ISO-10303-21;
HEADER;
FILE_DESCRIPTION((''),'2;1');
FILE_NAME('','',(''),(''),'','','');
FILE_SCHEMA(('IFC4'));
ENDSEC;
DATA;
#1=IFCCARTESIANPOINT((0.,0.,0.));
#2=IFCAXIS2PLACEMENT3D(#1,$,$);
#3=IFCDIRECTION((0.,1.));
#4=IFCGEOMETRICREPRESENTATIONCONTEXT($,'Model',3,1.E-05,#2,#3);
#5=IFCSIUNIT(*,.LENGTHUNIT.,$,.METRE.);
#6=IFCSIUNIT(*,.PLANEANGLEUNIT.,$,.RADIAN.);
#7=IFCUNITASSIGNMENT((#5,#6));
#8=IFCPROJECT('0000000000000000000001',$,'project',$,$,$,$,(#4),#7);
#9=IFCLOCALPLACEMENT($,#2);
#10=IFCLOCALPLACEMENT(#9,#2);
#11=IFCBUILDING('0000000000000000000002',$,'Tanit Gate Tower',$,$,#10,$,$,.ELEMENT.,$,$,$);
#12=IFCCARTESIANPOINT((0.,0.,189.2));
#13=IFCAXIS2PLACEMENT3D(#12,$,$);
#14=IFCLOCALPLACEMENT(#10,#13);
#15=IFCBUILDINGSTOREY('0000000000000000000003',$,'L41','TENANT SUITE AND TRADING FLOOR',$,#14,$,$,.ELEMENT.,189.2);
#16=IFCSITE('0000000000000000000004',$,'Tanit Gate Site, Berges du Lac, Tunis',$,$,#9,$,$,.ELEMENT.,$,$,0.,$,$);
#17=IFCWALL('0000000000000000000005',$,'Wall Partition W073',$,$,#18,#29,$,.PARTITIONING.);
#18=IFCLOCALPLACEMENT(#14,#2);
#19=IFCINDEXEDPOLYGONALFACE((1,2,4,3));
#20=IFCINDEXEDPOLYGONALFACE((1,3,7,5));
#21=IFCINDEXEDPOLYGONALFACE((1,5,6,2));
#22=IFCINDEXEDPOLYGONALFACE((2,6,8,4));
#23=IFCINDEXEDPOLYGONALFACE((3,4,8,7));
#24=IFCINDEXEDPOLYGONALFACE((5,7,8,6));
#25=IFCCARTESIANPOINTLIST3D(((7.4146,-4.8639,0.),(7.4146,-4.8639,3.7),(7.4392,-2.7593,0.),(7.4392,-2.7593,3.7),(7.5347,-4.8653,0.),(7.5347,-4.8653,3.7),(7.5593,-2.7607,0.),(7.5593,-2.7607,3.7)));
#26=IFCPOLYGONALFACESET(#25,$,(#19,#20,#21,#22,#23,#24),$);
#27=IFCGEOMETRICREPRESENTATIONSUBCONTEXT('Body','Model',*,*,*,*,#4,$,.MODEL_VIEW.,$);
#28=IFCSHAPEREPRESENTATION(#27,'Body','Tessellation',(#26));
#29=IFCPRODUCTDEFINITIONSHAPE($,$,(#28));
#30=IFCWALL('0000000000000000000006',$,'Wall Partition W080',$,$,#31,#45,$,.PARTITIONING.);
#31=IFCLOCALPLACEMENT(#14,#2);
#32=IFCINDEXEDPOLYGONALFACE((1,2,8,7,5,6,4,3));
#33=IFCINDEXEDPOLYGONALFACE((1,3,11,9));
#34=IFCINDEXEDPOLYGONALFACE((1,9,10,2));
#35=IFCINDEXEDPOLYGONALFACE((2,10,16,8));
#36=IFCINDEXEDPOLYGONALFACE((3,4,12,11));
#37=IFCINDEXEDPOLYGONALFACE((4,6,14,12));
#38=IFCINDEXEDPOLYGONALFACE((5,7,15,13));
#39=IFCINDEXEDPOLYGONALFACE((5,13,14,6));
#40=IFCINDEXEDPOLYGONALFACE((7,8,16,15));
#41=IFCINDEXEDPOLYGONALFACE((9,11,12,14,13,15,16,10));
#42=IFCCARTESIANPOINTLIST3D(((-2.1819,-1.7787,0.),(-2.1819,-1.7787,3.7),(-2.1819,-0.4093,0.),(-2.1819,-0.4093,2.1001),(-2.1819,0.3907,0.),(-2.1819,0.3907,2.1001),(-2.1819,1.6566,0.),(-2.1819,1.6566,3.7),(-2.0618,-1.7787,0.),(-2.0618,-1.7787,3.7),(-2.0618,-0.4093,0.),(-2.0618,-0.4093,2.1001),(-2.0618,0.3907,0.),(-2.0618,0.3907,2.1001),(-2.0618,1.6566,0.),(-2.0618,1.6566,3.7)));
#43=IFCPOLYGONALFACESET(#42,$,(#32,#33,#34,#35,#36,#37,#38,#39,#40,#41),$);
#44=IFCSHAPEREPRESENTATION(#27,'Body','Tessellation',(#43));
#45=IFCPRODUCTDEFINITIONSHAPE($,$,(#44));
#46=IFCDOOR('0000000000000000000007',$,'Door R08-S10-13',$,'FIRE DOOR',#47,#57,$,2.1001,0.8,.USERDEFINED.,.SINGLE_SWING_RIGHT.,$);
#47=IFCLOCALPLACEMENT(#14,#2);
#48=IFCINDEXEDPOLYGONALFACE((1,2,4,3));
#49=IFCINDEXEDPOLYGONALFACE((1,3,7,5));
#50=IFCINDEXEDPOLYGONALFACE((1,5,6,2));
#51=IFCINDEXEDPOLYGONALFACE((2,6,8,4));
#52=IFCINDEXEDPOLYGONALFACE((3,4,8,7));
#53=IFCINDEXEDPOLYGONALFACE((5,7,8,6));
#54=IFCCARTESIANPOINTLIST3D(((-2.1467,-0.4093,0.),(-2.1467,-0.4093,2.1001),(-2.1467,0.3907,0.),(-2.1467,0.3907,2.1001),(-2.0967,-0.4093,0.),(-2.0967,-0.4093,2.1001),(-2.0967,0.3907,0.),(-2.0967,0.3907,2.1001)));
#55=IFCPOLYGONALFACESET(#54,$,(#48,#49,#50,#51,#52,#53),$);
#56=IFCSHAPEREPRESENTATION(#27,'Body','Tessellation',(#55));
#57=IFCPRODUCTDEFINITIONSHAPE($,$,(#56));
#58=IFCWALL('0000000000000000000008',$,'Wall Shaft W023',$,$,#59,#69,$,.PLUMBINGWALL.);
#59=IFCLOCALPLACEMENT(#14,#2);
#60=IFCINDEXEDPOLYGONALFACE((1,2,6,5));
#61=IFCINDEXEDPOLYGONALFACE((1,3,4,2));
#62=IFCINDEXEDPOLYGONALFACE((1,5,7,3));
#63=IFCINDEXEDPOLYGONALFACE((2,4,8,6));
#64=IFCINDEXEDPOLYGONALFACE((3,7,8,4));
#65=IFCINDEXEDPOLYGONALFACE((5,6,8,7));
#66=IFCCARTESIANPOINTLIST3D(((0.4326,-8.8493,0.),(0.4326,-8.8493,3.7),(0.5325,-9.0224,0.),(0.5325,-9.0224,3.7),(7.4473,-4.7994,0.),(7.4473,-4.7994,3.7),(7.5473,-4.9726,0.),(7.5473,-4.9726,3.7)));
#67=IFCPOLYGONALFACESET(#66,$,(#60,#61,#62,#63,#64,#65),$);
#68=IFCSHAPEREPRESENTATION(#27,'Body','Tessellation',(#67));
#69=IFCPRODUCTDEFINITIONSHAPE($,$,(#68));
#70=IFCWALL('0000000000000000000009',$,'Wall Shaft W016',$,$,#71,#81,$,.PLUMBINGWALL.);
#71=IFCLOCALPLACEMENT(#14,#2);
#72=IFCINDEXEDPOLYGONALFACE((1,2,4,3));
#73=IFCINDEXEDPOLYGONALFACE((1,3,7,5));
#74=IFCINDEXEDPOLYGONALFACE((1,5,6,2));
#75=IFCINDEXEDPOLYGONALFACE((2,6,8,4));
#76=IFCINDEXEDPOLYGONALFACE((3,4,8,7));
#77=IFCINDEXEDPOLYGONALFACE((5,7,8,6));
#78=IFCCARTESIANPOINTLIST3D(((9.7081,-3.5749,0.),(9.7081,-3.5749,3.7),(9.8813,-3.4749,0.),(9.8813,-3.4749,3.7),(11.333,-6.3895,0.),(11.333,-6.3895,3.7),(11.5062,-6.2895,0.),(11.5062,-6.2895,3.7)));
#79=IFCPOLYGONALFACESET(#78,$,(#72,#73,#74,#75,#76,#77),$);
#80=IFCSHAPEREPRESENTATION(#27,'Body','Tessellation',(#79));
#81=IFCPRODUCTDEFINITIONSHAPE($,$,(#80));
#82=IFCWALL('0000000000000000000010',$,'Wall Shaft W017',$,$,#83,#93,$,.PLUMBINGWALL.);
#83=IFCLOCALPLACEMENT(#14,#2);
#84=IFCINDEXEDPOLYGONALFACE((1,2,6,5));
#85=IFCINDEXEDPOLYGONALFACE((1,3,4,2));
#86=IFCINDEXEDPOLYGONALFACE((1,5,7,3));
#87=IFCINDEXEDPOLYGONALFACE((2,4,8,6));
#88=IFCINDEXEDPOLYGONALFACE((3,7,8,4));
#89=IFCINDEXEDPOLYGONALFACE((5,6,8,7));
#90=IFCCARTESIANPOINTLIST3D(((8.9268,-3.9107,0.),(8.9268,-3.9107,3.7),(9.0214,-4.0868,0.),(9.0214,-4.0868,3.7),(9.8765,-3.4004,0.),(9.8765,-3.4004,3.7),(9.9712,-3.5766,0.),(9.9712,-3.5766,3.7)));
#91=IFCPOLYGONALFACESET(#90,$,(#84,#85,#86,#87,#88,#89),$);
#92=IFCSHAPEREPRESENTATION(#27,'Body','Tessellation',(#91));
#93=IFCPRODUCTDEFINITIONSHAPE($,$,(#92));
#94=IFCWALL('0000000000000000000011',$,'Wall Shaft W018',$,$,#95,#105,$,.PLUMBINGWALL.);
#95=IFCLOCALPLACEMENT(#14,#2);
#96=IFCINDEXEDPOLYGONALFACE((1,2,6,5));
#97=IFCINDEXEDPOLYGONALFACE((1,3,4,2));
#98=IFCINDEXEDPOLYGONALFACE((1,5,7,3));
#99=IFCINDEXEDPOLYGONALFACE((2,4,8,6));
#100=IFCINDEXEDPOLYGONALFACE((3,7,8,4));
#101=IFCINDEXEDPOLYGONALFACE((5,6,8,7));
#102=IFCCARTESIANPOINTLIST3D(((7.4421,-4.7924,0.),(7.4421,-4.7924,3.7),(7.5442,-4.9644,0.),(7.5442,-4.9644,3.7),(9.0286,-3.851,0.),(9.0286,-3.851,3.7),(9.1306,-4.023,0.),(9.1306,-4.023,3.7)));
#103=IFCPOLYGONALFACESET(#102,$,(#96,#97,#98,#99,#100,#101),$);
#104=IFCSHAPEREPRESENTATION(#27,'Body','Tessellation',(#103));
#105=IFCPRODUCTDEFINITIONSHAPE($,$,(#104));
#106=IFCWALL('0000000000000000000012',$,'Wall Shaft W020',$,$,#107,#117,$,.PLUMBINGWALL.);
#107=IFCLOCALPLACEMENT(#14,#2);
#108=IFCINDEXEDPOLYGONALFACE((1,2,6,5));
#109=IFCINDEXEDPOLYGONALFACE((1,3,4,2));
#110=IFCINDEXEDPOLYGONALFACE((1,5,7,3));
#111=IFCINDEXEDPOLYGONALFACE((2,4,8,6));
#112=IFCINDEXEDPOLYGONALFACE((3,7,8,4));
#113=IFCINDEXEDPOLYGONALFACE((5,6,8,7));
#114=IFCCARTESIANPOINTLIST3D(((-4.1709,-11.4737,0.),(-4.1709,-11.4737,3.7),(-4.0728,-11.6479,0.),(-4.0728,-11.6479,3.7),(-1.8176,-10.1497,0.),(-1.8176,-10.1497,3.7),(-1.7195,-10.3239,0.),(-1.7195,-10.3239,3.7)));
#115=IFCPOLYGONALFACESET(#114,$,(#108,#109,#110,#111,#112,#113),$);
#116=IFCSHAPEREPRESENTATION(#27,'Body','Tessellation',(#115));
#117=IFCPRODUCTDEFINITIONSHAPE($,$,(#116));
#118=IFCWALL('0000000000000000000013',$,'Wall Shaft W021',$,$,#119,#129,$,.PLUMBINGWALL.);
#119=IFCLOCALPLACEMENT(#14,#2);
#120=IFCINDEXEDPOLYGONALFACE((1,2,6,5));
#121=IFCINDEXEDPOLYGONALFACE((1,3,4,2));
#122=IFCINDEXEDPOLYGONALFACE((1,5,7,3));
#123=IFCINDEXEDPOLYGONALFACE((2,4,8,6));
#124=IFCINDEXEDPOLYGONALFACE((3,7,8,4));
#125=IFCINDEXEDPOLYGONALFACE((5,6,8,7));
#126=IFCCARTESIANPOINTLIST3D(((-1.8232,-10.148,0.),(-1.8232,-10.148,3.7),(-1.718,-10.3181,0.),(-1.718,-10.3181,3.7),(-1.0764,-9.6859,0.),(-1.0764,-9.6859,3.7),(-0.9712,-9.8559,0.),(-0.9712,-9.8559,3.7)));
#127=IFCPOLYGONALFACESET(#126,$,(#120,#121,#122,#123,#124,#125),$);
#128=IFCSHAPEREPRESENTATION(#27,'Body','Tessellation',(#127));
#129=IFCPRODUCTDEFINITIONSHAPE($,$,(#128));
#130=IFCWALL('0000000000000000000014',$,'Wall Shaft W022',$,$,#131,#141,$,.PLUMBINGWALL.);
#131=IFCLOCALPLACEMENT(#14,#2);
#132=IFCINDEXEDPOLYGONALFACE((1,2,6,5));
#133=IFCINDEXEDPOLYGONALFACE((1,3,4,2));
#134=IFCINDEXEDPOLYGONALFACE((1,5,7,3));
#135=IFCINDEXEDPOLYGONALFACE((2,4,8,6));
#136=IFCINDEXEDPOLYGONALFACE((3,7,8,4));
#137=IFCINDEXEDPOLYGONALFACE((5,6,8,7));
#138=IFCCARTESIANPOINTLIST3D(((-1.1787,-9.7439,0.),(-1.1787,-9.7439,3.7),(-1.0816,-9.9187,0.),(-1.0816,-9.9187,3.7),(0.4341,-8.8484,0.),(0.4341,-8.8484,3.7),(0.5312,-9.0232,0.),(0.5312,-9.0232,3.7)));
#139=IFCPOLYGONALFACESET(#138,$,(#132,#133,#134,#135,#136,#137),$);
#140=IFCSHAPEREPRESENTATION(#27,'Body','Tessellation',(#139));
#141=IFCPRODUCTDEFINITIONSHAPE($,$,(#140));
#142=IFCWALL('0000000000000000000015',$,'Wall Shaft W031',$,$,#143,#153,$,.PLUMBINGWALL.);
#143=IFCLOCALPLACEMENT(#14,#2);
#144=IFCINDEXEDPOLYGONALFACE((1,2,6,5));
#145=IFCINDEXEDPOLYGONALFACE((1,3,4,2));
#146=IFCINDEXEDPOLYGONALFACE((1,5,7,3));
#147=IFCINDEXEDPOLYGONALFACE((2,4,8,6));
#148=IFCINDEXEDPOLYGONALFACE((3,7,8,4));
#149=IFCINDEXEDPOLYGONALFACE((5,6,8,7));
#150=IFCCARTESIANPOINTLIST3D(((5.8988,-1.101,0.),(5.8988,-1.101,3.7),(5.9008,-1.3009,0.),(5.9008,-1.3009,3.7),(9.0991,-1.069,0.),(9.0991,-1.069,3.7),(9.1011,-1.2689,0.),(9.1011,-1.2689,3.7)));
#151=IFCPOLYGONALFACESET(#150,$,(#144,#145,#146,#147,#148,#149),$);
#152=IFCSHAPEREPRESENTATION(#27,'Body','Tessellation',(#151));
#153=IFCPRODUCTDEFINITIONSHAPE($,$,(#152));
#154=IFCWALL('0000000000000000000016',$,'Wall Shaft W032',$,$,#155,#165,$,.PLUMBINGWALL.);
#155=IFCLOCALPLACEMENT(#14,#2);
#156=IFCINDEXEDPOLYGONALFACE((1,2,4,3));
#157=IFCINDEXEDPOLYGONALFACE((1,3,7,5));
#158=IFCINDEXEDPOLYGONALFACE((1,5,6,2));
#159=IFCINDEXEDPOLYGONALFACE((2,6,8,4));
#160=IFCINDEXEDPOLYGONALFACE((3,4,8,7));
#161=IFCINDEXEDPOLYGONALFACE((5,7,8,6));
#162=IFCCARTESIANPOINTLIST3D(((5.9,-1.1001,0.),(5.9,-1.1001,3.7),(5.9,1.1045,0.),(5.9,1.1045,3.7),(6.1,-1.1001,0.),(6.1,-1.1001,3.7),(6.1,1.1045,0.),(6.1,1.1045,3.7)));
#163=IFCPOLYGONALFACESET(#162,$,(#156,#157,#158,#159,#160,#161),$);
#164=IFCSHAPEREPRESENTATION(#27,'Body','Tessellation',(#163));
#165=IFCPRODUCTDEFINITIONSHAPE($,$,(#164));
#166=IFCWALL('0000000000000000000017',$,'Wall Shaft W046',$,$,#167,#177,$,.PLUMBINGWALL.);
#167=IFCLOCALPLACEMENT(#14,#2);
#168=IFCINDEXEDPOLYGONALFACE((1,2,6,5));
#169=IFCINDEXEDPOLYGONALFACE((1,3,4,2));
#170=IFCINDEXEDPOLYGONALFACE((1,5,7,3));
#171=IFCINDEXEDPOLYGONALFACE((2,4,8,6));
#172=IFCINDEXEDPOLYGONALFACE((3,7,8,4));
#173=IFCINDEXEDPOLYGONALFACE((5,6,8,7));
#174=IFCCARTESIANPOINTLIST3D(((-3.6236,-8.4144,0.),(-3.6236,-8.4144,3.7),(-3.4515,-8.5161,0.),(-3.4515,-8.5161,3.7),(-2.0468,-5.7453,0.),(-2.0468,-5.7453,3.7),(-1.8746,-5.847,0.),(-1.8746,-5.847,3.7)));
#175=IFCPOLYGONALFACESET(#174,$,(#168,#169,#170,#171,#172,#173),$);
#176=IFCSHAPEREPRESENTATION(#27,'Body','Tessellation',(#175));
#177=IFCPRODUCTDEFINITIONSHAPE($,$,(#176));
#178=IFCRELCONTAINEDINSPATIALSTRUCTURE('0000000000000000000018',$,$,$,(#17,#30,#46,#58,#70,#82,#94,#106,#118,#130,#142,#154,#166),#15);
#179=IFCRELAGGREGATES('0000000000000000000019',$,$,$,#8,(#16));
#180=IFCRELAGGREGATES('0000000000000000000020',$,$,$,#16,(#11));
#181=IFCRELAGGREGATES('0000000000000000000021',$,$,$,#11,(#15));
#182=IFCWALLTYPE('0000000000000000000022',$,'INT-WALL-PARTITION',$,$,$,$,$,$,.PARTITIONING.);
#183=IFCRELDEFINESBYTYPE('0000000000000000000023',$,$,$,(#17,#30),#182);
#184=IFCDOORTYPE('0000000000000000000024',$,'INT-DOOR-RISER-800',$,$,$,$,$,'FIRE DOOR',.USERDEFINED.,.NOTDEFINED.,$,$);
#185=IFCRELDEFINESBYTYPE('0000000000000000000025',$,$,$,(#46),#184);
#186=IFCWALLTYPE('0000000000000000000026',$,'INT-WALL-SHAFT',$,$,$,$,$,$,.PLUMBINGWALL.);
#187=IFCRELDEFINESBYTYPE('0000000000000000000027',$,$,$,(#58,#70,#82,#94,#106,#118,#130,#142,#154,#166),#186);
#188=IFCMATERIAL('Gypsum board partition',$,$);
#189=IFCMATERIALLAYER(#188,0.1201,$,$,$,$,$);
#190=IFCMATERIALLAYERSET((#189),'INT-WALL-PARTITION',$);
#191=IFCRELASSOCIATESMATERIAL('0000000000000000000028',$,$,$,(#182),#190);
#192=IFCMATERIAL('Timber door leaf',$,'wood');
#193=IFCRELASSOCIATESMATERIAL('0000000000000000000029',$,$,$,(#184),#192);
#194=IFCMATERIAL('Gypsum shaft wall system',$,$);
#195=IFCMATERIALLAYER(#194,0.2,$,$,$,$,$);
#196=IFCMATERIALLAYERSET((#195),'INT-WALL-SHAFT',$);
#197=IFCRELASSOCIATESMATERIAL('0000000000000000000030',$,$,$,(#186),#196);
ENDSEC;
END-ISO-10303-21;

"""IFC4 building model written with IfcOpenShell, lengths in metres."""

from ifc_helpers import new_model, si_unit, direction, frame, frame_2d, origin, place, context, subcontext, project, spatial, rectangle, extrude, material, layer, layer_set, type_object, element, fill, save


model = new_model("IFC4")

# Units and contexts
model_context = context("Model", 3, precision=1e-05, world=origin(), true_north=direction((0.0, 1.0)))
body_context = subcontext(model_context, "Body", "Model", "MODEL_VIEW")
ifc_project = project(units=[si_unit("LENGTHUNIT", "METRE"), si_unit("PLANEANGLEUNIT", "RADIAN")], contexts=[model_context])

# Site, building, storey
site_placement = place(None, origin())
site = spatial("IfcSite", under=ifc_project, at=site_placement, Name="Tanit Gate Site, Berges du Lac, Tunis", CompositionType="ELEMENT", RefElevation=0.0)
building_placement = place(site_placement, origin())
building = spatial("IfcBuilding", under=site, at=building_placement, Name="Tanit Gate Tower", CompositionType="ELEMENT")
storey_placement = place(building_placement, frame((0.0, 0.0, 189.2)))
storey = spatial("IfcBuildingStorey", under=building, at=storey_placement, Name="L41", Description="TENANT SUITE AND TRADING FLOOR", CompositionType="ELEMENT", Elevation=189.2)

# Shared definitions
ifc_material_1 = material(Name="Gypsum board partition")
ifc_layer_1 = layer(ifc_material_1, 0.1201)
ifc_layer_set_1 = layer_set([ifc_layer_1], Name="INT-WALL-PARTITION")
wall_type_1 = type_object("IfcWallType", Name="INT-WALL-PARTITION", PredefinedType="PARTITIONING", material=ifc_layer_set_1)
ifc_material_2 = material(Name="Timber door leaf", Category="wood")
door_type_1 = type_object("IfcDoorType", Name="INT-DOOR-RISER-800", ElementType="FIRE DOOR", OperationType="NOTDEFINED", PredefinedType="USERDEFINED", material=ifc_material_2)

# Wall
wall_1_placement = place(storey_placement, frame((7.4746, -4.8645, 0.0), z_axis=(0.0, 0.0, 1.0), x_axis=(0.011716, 0.999931, 0.0)))
element("IfcWall", 1, at=wall_1_placement, inside=storey, type_object=wall_type_1, Name="Wall Partition W073", PredefinedType="PARTITIONING", context=body_context, shape_type="SweptSolid", body=[
    extrude(rectangle(XDim=2.1047, YDim=0.1201, at=frame_2d((1.0522, 0.0))), origin(), (0.0, 0.0, 1.0), 3.7),
])

# Wall, opening, door
wall_2_placement = place(storey_placement, frame((-2.1218, -1.7788, 0.0), z_axis=(0.0, 0.0, 1.0), x_axis=(0.0, 1.0, 0.0)))
wall_2 = element("IfcWall", 2, at=wall_2_placement, inside=storey, type_object=wall_type_1, Name="Wall Partition W080", PredefinedType="PARTITIONING", context=body_context, shape_type="SweptSolid", body=[
    extrude(rectangle(XDim=3.4353, YDim=0.1201, at=frame_2d((1.7178, 0.0))), origin(), (0.0, 0.0, 1.0), 3.7),
])
opening_1_placement = place(wall_2_placement, frame((1.3696, 0.0, 0.0)))
opening_1 = element("IfcOpeningElement", 3, at=opening_1_placement, cuts=wall_2, PredefinedType="OPENING", context=body_context, shape_type="SweptSolid", body=[
    extrude(rectangle(XDim=0.8, YDim=2.1001, at=frame_2d((0.3999, 1.05))), frame((0.0, 0.0701, 0.0), z_axis=(0.0, -1.0, 0.0), x_axis=(1.0, 0.0, 0.0)), (0.0, 0.0, 1.0), 0.1401),
])
door_1_placement = place(opening_1_placement, origin())
door_1 = element("IfcDoor", 4, at=door_1_placement, inside=storey, type_object=door_type_1, Name="Door R08-S10-13", ObjectType="FIRE DOOR", OperationType="SINGLE_SWING_RIGHT", OverallHeight=2.1001, OverallWidth=0.8, PredefinedType="USERDEFINED", context=body_context, shape_type="SweptSolid", body=[
    extrude(rectangle(XDim=0.8, YDim=2.1001, at=frame_2d((0.3999, 1.05))), frame((0.0, 0.0249, 0.0), z_axis=(0.0, -1.0, 0.0), x_axis=(1.0, 0.0, 0.0)), (0.0, 0.0, 1.0), 0.05),
])
fill(opening_1, door_1)

# Walls
ifc_material_3 = material(Name="Gypsum shaft wall system")
ifc_layer_2 = layer(ifc_material_3, 0.2)
ifc_layer_set_2 = layer_set([ifc_layer_2], Name="INT-WALL-SHAFT")
wall_type_2 = type_object("IfcWallType", Name="INT-WALL-SHAFT", PredefinedType="PLUMBINGWALL", material=ifc_layer_set_2)
wall_3_placement = place(storey_placement, frame((0.4827, -8.9358, 0.0), z_axis=(0.0, 0.0, 1.0), x_axis=(0.866031, 0.49999, 0.0)))
element("IfcWall", 5, at=wall_3_placement, inside=storey, type_object=wall_type_2, Name="Wall Shaft W023", PredefinedType="PLUMBINGWALL", context=body_context, shape_type="SweptSolid", body=[
    extrude(rectangle(XDim=8.0999, YDim=0.2, at=frame_2d((4.0498, 0.0))), origin(), (0.0, 0.0, 1.0), 3.7),
])
wall_4_placement = place(storey_placement, frame((9.7947, -3.5249, 0.0), z_axis=(0.0, 0.0, 1.0), x_axis=(0.499985, -0.866034, 0.0)))
element("IfcWall", 6, at=wall_4_placement, inside=storey, type_object=wall_type_2, Name="Wall Shaft W016", PredefinedType="PLUMBINGWALL", context=body_context, shape_type="SweptSolid", body=[
    extrude(rectangle(XDim=3.25, YDim=0.2, at=frame_2d((1.625, 0.0))), origin(), (0.0, 0.0, 1.0), 3.7),
])
wall_5_placement = place(storey_placement, frame((8.9741, -3.9988, 0.0), z_axis=(0.0, 0.0, 1.0), x_axis=(0.880907, 0.473289, 0.0)))
element("IfcWall", 7, at=wall_5_placement, inside=storey, type_object=wall_type_2, Name="Wall Shaft W017", PredefinedType="PLUMBINGWALL", context=body_context, shape_type="SweptSolid", body=[
    extrude(rectangle(XDim=1.0781, YDim=0.2, at=frame_2d((0.5391, 0.0))), origin(), (0.0, 0.0, 1.0), 3.7),
])
wall_6_placement = place(storey_placement, frame((7.4932, -4.8784, 0.0), z_axis=(0.0, 0.0, 1.0), x_axis=(0.859982, 0.510325, 0.0)))
element("IfcWall", 8, at=wall_6_placement, inside=storey, type_object=wall_type_2, Name="Wall Shaft W018", PredefinedType="PLUMBINGWALL", context=body_context, shape_type="SweptSolid", body=[
    extrude(rectangle(XDim=1.8447, YDim=0.2, at=frame_2d((0.9224, 0.0))), origin(), (0.0, 0.0, 1.0), 3.7),
])
wall_7_placement = place(storey_placement, frame((-1.7686, -10.2368, 0.0), z_axis=(0.0, 0.0, 1.0), x_axis=(-0.871534, -0.490334, 0.0)))
element("IfcWall", 9, at=wall_7_placement, inside=storey, type_object=wall_type_2, Name="Wall Shaft W020", PredefinedType="PLUMBINGWALL", context=body_context, shape_type="SweptSolid", body=[
    extrude(rectangle(XDim=2.7002, YDim=0.2, at=frame_2d((1.3501, 0.0))), origin(), (0.0, 0.0, 1.0), 3.7),
])
wall_8_placement = place(storey_placement, frame((-1.0239, -9.771, 0.0), z_axis=(0.0, 0.0, 1.0), x_axis=(-0.850348, -0.526221, 0.0)))
element("IfcWall", 10, at=wall_8_placement, inside=storey, type_object=wall_type_2, Name="Wall Shaft W021", PredefinedType="PLUMBINGWALL", context=body_context, shape_type="SweptSolid", body=[
    extrude(rectangle(XDim=0.8782, YDim=0.2, at=frame_2d((0.439, 0.0))), origin(), (0.0, 0.0, 1.0), 3.7),
])
wall_9_placement = place(storey_placement, frame((-1.1301, -9.8313, 0.0), z_axis=(0.0, 0.0, 1.0), x_axis=(0.87427, 0.485441, 0.0)))
element("IfcWall", 11, at=wall_9_placement, inside=storey, type_object=wall_type_2, Name="Wall Shaft W022", PredefinedType="PLUMBINGWALL", context=body_context, shape_type="SweptSolid", body=[
    extrude(rectangle(XDim=1.8447, YDim=0.2, at=frame_2d((0.9224, 0.0))), origin(), (0.0, 0.0, 1.0), 3.7),
])
wall_10_placement = place(storey_placement, frame((5.8999, -1.2009, 0.0), z_axis=(0.0, 0.0, 1.0), x_axis=(0.99995, 0.009993, 0.0)))
element("IfcWall", 12, at=wall_10_placement, inside=storey, type_object=wall_type_2, Name="Wall Shaft W031", PredefinedType="PLUMBINGWALL", context=body_context, shape_type="SweptSolid", body=[
    extrude(rectangle(XDim=3.2004, YDim=0.2, at=frame_2d((1.6001, 0.0))), origin(), (0.0, 0.0, 1.0), 3.7),
])
wall_11_placement = place(storey_placement, frame((6.0, -1.1001, 0.0), z_axis=(0.0, 0.0, 1.0), x_axis=(0.0, 1.0, 0.0)))
element("IfcWall", 13, at=wall_11_placement, inside=storey, type_object=wall_type_2, Name="Wall Shaft W032", PredefinedType="PLUMBINGWALL", context=body_context, shape_type="SweptSolid", body=[
    extrude(rectangle(XDim=2.2046, YDim=0.2, at=frame_2d((1.1023, 0.0))), origin(), (0.0, 0.0, 1.0), 3.7),
])
wall_12_placement = place(storey_placement, frame((-1.9607, -5.7961, 0.0), z_axis=(0.0, 0.0, 1.0), x_axis=(-0.508647, -0.860975, 0.0)))
element("IfcWall", 14, at=wall_12_placement, inside=storey, type_object=wall_type_2, Name="Wall Shaft W046", PredefinedType="PLUMBINGWALL", context=body_context, shape_type="SweptSolid", body=[
    extrude(rectangle(XDim=3.1001, YDim=0.2, at=frame_2d((1.55, 0.0))), origin(), (0.0, 0.0, 1.0), 3.7),
])

save(model, "model.ifc")
